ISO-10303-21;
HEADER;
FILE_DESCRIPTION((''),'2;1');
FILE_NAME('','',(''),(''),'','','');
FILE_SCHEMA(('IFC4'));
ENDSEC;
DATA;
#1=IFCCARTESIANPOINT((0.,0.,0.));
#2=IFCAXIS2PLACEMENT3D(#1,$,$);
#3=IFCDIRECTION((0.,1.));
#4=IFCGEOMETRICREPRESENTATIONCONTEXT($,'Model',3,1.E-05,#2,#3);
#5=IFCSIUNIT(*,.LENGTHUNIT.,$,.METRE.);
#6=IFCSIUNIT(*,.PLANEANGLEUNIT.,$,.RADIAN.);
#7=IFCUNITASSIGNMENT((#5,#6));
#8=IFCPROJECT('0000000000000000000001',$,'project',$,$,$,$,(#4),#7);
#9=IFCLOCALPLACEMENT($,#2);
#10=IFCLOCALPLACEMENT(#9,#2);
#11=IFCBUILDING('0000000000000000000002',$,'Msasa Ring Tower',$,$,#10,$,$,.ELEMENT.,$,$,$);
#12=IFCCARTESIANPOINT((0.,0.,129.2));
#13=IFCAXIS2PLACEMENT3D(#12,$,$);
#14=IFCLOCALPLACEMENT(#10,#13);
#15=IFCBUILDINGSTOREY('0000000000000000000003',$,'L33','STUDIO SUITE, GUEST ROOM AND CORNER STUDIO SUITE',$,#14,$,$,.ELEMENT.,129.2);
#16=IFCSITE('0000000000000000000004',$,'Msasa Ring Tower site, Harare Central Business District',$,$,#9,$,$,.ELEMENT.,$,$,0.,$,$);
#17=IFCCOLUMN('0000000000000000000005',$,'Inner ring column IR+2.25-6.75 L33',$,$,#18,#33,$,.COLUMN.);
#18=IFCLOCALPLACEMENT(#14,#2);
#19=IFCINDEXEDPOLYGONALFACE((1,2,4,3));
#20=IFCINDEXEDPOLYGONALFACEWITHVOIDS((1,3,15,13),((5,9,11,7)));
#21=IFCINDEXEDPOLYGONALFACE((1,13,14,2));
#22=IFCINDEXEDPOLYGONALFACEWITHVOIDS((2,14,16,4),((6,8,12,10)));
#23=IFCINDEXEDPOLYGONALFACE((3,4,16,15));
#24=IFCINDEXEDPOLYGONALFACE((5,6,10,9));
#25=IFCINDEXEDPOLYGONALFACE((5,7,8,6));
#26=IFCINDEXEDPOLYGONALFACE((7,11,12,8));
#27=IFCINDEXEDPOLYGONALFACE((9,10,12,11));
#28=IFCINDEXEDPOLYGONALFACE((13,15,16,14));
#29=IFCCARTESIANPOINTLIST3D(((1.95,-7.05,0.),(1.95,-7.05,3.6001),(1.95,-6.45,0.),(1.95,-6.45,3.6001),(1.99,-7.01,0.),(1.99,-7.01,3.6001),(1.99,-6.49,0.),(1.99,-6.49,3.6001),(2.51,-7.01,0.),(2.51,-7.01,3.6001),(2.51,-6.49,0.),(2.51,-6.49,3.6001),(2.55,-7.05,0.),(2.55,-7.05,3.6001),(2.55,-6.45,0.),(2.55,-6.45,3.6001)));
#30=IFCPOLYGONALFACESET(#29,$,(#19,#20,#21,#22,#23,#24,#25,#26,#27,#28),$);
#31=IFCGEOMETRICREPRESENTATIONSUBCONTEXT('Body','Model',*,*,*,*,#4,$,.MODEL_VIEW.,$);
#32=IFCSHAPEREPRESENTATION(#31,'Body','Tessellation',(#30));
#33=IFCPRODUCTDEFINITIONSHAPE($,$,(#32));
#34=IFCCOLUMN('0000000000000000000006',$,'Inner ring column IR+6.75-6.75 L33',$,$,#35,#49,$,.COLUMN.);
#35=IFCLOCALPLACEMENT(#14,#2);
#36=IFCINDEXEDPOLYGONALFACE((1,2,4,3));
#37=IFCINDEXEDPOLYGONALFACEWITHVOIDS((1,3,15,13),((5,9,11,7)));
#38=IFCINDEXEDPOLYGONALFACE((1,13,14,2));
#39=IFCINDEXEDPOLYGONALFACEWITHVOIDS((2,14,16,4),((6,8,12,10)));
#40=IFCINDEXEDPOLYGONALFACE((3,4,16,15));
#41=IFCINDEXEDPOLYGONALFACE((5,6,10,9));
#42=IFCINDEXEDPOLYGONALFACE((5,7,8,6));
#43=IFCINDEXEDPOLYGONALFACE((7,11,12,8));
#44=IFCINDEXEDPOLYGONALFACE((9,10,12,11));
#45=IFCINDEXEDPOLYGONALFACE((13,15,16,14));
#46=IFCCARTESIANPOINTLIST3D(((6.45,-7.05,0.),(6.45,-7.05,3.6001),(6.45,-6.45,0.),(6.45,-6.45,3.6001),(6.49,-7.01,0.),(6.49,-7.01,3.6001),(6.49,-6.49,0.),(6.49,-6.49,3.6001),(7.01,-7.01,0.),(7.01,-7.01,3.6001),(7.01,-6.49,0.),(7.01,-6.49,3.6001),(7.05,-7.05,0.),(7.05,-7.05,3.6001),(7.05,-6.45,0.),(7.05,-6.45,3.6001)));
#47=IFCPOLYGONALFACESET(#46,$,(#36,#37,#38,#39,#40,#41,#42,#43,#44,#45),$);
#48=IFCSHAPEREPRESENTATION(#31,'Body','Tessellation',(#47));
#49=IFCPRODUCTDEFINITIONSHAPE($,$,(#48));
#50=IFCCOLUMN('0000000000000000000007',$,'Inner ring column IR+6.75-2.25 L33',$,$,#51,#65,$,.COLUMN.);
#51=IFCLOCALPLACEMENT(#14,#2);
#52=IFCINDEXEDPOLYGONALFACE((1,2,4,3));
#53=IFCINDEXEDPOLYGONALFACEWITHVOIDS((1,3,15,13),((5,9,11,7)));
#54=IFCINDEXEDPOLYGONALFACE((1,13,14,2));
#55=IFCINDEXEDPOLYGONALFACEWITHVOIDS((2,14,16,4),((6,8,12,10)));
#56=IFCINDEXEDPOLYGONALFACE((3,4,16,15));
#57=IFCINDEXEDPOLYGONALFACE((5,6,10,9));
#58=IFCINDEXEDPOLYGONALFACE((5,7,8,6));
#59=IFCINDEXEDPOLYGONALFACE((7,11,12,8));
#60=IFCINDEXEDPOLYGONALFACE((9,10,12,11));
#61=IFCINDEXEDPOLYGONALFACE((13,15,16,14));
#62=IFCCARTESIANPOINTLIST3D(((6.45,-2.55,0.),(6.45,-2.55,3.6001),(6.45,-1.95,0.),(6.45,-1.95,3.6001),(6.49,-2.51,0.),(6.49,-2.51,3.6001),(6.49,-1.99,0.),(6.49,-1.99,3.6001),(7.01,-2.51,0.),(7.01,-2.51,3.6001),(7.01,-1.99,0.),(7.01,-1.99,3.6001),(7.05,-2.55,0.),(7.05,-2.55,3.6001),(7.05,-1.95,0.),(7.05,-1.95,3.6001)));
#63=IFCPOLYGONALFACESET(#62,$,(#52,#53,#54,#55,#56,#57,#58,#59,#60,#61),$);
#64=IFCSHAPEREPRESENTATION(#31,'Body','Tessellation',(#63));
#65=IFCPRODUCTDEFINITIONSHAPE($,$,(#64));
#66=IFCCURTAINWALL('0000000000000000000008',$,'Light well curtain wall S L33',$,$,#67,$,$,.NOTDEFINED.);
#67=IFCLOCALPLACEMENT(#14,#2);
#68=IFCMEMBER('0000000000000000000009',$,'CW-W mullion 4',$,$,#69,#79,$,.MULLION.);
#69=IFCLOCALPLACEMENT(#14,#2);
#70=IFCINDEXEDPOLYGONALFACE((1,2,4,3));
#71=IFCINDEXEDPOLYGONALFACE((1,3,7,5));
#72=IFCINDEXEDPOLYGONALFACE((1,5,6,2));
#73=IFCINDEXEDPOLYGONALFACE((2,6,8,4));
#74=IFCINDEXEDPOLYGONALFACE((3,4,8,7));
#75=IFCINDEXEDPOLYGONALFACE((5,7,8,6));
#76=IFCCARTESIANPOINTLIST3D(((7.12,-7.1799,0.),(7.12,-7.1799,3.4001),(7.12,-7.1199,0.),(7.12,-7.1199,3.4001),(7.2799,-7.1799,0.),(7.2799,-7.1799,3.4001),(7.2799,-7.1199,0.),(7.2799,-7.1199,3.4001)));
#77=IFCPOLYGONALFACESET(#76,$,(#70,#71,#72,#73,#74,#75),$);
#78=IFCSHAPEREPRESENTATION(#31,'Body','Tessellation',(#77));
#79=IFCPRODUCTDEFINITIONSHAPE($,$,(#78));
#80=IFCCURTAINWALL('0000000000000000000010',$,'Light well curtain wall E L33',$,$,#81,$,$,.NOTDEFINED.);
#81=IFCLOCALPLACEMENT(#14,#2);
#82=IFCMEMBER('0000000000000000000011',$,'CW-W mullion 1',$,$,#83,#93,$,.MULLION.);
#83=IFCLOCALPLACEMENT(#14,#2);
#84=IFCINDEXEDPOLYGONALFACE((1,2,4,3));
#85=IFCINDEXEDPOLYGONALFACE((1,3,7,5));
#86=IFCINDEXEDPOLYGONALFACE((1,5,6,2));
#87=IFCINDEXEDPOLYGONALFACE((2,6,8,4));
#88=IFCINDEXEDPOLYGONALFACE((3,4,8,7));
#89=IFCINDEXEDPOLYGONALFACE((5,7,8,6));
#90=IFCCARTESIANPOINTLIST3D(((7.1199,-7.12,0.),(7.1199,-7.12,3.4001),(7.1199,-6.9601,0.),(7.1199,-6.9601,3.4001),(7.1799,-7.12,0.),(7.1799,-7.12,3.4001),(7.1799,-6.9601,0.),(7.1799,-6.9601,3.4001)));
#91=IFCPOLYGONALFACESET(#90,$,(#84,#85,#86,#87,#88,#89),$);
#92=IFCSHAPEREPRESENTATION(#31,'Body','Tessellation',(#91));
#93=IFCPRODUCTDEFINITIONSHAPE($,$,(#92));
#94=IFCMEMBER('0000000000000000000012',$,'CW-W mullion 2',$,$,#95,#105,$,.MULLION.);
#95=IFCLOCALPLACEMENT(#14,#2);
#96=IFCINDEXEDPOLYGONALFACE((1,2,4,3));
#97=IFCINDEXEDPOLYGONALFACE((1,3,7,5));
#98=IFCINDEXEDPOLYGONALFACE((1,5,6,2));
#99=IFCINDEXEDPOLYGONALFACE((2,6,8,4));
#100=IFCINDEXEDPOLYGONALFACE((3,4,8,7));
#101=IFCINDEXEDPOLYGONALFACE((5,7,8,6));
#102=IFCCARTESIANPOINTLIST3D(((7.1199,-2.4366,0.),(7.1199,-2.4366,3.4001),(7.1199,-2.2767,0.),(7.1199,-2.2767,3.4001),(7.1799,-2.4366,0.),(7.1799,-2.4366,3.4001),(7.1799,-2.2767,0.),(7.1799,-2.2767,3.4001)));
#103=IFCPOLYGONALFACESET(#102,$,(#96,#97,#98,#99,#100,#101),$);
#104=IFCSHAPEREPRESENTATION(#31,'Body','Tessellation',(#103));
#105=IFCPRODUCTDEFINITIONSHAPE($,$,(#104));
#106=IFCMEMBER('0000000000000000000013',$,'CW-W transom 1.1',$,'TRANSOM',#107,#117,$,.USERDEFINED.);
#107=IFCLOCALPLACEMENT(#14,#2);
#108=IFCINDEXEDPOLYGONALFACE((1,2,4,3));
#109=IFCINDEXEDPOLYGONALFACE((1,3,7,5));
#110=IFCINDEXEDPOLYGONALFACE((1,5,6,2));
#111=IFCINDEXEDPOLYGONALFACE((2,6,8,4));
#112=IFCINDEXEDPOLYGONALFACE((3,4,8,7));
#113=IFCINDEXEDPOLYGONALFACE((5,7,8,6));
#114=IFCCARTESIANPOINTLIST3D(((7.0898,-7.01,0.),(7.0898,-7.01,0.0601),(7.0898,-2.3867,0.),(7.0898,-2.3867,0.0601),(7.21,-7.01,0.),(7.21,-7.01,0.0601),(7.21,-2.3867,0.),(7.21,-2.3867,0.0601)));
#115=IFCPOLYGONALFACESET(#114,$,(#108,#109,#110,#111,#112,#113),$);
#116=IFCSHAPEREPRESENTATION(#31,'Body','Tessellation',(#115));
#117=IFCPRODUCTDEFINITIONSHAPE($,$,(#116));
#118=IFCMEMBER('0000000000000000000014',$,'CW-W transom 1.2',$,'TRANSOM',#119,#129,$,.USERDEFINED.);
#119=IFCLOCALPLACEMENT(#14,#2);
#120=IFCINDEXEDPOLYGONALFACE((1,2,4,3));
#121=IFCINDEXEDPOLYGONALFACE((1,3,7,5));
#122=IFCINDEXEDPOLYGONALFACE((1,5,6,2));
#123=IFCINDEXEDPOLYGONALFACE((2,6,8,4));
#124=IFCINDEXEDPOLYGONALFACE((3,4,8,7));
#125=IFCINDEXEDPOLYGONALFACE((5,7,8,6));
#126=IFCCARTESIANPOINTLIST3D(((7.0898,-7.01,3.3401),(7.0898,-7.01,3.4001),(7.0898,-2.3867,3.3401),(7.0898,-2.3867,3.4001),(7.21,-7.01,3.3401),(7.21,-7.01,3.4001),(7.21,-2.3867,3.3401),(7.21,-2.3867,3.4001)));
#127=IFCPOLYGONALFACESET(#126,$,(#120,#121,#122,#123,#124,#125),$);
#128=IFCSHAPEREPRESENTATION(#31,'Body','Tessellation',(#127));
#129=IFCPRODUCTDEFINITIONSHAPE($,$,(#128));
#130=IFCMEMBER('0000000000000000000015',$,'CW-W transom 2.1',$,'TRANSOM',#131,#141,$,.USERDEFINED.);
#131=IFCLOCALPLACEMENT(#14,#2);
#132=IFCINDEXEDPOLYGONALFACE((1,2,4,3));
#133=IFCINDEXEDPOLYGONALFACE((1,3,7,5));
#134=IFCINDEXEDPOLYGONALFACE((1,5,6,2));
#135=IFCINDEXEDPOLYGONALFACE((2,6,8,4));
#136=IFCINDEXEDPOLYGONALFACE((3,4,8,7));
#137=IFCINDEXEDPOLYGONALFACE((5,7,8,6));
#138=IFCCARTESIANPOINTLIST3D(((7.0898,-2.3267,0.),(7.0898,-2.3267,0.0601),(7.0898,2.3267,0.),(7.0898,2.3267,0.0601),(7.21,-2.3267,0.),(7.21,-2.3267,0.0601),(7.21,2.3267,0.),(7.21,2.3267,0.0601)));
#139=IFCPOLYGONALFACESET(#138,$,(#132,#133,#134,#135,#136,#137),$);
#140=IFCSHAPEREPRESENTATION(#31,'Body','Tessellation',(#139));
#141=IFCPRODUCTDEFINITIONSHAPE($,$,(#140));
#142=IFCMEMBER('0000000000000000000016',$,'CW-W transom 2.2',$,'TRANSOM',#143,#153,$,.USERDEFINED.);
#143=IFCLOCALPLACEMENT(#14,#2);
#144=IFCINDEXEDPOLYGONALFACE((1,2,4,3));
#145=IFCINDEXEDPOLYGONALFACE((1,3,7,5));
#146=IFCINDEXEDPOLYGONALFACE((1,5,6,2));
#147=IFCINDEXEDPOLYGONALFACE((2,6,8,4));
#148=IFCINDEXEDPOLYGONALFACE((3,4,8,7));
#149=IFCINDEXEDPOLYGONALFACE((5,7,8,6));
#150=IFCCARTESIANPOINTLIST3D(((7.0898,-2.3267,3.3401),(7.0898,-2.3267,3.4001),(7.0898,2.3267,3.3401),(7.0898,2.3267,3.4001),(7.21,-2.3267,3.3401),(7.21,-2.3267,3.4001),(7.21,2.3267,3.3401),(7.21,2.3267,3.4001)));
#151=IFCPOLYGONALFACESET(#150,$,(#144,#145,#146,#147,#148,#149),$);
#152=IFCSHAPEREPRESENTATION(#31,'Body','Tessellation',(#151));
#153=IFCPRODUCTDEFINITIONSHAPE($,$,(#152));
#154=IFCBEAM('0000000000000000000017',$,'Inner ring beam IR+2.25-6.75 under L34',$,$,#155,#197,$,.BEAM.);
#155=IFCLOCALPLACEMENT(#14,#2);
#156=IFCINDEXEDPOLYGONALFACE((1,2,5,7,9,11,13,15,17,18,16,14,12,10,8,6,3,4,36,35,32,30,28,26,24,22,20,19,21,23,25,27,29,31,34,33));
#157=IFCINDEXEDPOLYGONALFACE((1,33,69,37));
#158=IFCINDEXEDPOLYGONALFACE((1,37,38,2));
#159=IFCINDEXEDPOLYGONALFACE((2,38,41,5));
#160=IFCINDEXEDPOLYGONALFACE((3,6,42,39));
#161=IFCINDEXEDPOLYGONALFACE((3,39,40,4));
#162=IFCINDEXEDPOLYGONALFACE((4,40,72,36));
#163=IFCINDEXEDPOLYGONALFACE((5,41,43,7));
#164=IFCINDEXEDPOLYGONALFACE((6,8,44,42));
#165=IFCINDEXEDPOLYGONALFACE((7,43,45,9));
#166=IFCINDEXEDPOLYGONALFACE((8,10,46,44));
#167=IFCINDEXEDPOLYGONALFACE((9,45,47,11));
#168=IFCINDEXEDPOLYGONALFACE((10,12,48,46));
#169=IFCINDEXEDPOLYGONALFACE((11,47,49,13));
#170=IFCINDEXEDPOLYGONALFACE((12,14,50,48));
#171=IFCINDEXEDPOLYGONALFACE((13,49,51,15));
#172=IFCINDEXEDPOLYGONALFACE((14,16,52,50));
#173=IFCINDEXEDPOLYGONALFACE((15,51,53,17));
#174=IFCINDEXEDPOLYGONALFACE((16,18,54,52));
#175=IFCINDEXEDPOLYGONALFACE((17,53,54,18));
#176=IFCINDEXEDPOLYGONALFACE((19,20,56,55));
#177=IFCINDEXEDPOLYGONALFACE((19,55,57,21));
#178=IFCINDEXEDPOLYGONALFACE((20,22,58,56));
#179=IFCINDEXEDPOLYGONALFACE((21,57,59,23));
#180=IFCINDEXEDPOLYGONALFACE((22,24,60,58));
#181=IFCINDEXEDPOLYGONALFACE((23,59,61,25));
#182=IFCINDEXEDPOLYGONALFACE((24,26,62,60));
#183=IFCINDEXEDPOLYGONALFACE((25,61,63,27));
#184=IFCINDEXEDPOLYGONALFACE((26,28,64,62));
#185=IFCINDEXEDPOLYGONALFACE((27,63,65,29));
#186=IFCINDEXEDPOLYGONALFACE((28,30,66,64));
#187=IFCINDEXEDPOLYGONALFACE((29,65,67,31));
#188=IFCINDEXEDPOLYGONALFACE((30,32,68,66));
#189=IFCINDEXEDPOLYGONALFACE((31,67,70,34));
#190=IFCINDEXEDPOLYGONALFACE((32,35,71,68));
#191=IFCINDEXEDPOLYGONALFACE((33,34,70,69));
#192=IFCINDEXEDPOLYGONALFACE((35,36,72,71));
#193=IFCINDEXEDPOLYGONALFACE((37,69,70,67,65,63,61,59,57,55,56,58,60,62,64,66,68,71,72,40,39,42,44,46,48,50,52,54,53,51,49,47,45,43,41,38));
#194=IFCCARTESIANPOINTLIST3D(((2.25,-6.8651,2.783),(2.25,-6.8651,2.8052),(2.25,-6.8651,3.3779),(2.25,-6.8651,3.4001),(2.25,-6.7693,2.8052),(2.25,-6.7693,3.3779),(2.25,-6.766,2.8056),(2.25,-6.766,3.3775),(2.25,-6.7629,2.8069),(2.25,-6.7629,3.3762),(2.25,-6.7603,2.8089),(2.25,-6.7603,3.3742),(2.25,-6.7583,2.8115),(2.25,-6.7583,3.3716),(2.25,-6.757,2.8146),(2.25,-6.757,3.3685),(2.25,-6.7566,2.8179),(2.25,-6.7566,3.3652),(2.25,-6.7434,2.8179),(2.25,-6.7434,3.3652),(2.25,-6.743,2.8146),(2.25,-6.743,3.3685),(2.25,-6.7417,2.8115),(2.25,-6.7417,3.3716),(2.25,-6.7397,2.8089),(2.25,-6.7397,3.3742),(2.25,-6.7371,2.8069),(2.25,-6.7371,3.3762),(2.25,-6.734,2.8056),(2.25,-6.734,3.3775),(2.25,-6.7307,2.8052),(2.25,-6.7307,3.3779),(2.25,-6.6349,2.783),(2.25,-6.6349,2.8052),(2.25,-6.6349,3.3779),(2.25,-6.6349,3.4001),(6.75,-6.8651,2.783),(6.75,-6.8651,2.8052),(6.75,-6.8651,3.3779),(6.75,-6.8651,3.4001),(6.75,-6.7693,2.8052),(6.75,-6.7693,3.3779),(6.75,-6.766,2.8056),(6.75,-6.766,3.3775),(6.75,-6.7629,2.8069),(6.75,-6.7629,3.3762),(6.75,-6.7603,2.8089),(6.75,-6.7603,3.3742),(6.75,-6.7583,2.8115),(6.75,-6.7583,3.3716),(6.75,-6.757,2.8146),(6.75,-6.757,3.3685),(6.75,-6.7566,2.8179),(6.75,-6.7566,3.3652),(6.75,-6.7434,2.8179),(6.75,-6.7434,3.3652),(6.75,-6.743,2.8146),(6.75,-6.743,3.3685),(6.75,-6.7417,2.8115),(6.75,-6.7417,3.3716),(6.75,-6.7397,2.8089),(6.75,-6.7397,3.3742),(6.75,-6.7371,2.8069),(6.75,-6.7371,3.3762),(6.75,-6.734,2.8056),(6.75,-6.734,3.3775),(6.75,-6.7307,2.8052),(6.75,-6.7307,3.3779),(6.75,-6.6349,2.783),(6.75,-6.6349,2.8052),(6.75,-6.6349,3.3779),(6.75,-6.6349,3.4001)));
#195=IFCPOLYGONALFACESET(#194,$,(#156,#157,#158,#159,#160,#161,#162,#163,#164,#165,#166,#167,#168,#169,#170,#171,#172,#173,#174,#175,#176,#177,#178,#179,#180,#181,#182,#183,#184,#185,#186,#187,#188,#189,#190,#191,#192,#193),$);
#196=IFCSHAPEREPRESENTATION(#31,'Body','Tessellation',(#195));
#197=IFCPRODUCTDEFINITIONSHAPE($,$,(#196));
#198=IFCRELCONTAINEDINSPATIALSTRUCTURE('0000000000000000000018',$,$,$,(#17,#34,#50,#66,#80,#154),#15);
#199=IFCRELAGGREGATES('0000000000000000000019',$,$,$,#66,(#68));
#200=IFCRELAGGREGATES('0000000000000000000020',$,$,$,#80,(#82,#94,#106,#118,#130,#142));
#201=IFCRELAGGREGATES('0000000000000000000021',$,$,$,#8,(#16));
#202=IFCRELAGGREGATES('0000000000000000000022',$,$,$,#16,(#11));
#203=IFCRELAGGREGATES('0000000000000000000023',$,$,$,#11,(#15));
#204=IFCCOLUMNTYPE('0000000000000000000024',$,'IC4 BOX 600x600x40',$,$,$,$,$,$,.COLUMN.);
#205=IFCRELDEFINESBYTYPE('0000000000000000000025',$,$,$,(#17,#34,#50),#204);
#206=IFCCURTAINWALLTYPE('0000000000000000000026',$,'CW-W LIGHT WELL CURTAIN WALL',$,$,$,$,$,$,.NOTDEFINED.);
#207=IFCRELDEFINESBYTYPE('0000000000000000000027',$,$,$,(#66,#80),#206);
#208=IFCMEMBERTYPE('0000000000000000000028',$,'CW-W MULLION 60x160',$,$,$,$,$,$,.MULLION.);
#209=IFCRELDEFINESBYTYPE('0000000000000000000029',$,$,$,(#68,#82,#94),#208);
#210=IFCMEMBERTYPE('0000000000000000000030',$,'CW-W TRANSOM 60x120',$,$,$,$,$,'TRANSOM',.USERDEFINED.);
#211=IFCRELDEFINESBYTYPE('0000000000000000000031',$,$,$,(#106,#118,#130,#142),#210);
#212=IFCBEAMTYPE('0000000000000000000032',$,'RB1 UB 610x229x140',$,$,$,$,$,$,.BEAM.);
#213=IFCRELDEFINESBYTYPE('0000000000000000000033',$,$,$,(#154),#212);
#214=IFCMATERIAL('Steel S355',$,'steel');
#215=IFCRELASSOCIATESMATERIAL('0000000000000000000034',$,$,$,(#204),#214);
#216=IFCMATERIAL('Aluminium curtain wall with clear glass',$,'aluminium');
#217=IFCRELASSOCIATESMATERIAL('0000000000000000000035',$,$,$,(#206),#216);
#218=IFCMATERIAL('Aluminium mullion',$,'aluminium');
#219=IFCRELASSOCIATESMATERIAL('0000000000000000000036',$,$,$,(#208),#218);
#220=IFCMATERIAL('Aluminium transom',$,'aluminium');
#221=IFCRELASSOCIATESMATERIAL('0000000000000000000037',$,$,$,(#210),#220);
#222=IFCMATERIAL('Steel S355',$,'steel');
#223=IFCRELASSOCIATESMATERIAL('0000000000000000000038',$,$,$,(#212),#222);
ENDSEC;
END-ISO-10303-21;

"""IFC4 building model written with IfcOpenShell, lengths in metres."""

from ifc_helpers import new_model, si_unit, direction, frame, origin, origin_2d, place, context, subcontext, project, spatial, rectangle, hollow_rectangle, i_section, extrude, material, material_profile, profile_set, type_object, element, aggregate, save


model = new_model("IFC4")

# Units and contexts
model_context = context("Model", 3, precision=1e-05, world=origin(), true_north=direction((0.0, 1.0)))
body_context = subcontext(model_context, "Body", "Model", "MODEL_VIEW")
ifc_project = project(units=[si_unit("LENGTHUNIT", "METRE"), si_unit("PLANEANGLEUNIT", "RADIAN")], contexts=[model_context])

# Site, building, storey
site_placement = place(None, origin())
site = spatial("IfcSite", under=ifc_project, at=site_placement, Name="Msasa Ring Tower site, Harare Central Business District", CompositionType="ELEMENT", RefElevation=0.0)
building_placement = place(site_placement, origin())
building = spatial("IfcBuilding", under=site, at=building_placement, Name="Msasa Ring Tower", CompositionType="ELEMENT")
storey_placement = place(building_placement, frame((0.0, 0.0, 129.2)))
storey = spatial("IfcBuildingStorey", under=building, at=storey_placement, Name="L33", Description="STUDIO SUITE, GUEST ROOM AND CORNER STUDIO SUITE", CompositionType="ELEMENT", Elevation=129.2)

# Columns
ifc_material_1 = material(Name="Steel S355", Category="steel")
ifc_material_profile_1 = material_profile(ifc_material_1, hollow_rectangle(XDim=0.6001, YDim=0.6001, WallThickness=0.04, at=origin_2d()), Name="BOX 600x600x40")
ifc_profile_set_1 = profile_set([ifc_material_profile_1], Name="Steel S355")
column_type = type_object("IfcColumnType", Name="IC4 BOX 600x600x40", PredefinedType="COLUMN", material=ifc_profile_set_1)
for number, where, z_axis, x_axis, name in (
    (1, (2.25, -6.75, 0.0), (0.0, 0.0, 1.0), (1.0, 0.0, 0.0), "Inner ring column IR+2.25-6.75 L33"),
    (2, (6.75, -6.75, 0.0), (0.0, 0.0, 1.0), (1.0, 0.0, 0.0), "Inner ring column IR+6.75-6.75 L33"),
    (3, (6.75, -2.25, 0.0), (0.0, 0.0, 1.0), (1.0, 0.0, 0.0), "Inner ring column IR+6.75-2.25 L33"),
):
    element("IfcColumn", number, at=place(storey_placement, frame(where, z_axis=z_axis, x_axis=x_axis)), inside=storey, type_object=column_type, Name=name, PredefinedType="COLUMN", context=body_context, shape_type="SweptSolid", body=[
        extrude(hollow_rectangle(XDim=0.6001, YDim=0.6001, WallThickness=0.04, at=origin_2d()), origin(), (0.0, 0.0, 1.0), 3.6001),
    ])

# Curtain wall, member
ifc_material_2 = material(Name="Aluminium curtain wall with clear glass", Category="aluminium")
curtain_wall_type = type_object("IfcCurtainWallType", Name="CW-W LIGHT WELL CURTAIN WALL", PredefinedType="NOTDEFINED", material=ifc_material_2)
curtain_wall_1_placement = place(storey_placement, origin())
curtain_wall_1 = element("IfcCurtainWall", 4, at=curtain_wall_1_placement, inside=storey, type_object=curtain_wall_type, Name="Light well curtain wall S L33", PredefinedType="NOTDEFINED")
ifc_material_3 = material(Name="Aluminium mullion", Category="aluminium")
ifc_material_profile_2 = material_profile(ifc_material_3, rectangle(XDim=0.0601, YDim=0.1599, at=origin_2d()), Name="AL 60x160")
ifc_profile_set_2 = profile_set([ifc_material_profile_2], Name="Aluminium mullion")
member_type_1 = type_object("IfcMemberType", Name="CW-W MULLION 60x160", PredefinedType="MULLION", material=ifc_profile_set_2)
member_1_placement = place(storey_placement, frame((7.2, -7.1499, 0.0), z_axis=(0.0, 0.0, 1.0), x_axis=(0.0, 1.0, 0.0)))
member_1 = element("IfcMember", 5, at=member_1_placement, type_object=member_type_1, Name="CW-W mullion 4", PredefinedType="MULLION", context=body_context, shape_type="SweptSolid", body=[
    extrude(rectangle(XDim=0.0601, YDim=0.1599, at=origin_2d()), origin(), (0.0, 0.0, 1.0), 3.4001),
])
aggregate(curtain_wall_1, [member_1])

# Curtain wall, members
curtain_wall_2_placement = place(storey_placement, origin())
curtain_wall_2 = element("IfcCurtainWall", 6, at=curtain_wall_2_placement, inside=storey, type_object=curtain_wall_type, Name="Light well curtain wall E L33", PredefinedType="NOTDEFINED")
member_2_placement = place(storey_placement, frame((7.1499, -7.04, 0.0), z_axis=(0.0, 0.0, 1.0), x_axis=(-1.0, 0.0, 0.0)))
member_2 = element("IfcMember", 7, at=member_2_placement, type_object=member_type_1, Name="CW-W mullion 1", PredefinedType="MULLION", context=body_context, shape_type="SweptSolid", body=[
    extrude(rectangle(XDim=0.0601, YDim=0.1599, at=origin_2d()), origin(), (0.0, 0.0, 1.0), 3.4001),
])
member_3_placement = place(storey_placement, frame((7.1499, -2.3567, 0.0), z_axis=(0.0, 0.0, 1.0), x_axis=(-1.0, 0.0, 0.0)))
member_3 = element("IfcMember", 8, at=member_3_placement, type_object=member_type_1, Name="CW-W mullion 2", PredefinedType="MULLION", context=body_context, shape_type="SweptSolid", body=[
    extrude(rectangle(XDim=0.0601, YDim=0.1599, at=origin_2d()), origin(), (0.0, 0.0, 1.0), 3.4001),
])
ifc_material_4 = material(Name="Aluminium transom", Category="aluminium")
ifc_material_profile_3 = material_profile(ifc_material_4, rectangle(XDim=0.1201, YDim=0.0601, at=origin_2d()), Name="AL 60x120")
ifc_profile_set_3 = profile_set([ifc_material_profile_3], Name="Aluminium transom")
member_type_2 = type_object("IfcMemberType", Name="CW-W TRANSOM 60x120", ElementType="TRANSOM", PredefinedType="USERDEFINED", material=ifc_profile_set_3)
member_4_placement = place(storey_placement, frame((7.1499, -7.01, 0.03), z_axis=(0.0, 1.0, 0.0), x_axis=(-1.0, 0.0, 0.0)))
member_4 = element("IfcMember", 9, at=member_4_placement, type_object=member_type_2, Name="CW-W transom 1.1", ObjectType="TRANSOM", PredefinedType="USERDEFINED", context=body_context, shape_type="SweptSolid", body=[
    extrude(rectangle(XDim=0.1201, YDim=0.0601, at=origin_2d()), origin(), (0.0, 0.0, 1.0), 4.6233),
])
member_5_placement = place(storey_placement, frame((7.1499, -7.01, 3.3701), z_axis=(0.0, 1.0, 0.0), x_axis=(-1.0, 0.0, 0.0)))
member_5 = element("IfcMember", 10, at=member_5_placement, type_object=member_type_2, Name="CW-W transom 1.2", ObjectType="TRANSOM", PredefinedType="USERDEFINED", context=body_context, shape_type="SweptSolid", body=[
    extrude(rectangle(XDim=0.1201, YDim=0.0601, at=origin_2d()), origin(), (0.0, 0.0, 1.0), 4.6233),
])
member_6_placement = place(storey_placement, frame((7.1499, -2.3267, 0.03), z_axis=(0.0, 1.0, 0.0), x_axis=(-1.0, 0.0, 0.0)))
member_6 = element("IfcMember", 11, at=member_6_placement, type_object=member_type_2, Name="CW-W transom 2.1", ObjectType="TRANSOM", PredefinedType="USERDEFINED", context=body_context, shape_type="SweptSolid", body=[
    extrude(rectangle(XDim=0.1201, YDim=0.0601, at=origin_2d()), origin(), (0.0, 0.0, 1.0), 4.6533),
])
member_7_placement = place(storey_placement, frame((7.1499, -2.3267, 3.3701), z_axis=(0.0, 1.0, 0.0), x_axis=(-1.0, 0.0, 0.0)))
member_7 = element("IfcMember", 12, at=member_7_placement, type_object=member_type_2, Name="CW-W transom 2.2", ObjectType="TRANSOM", PredefinedType="USERDEFINED", context=body_context, shape_type="SweptSolid", body=[
    extrude(rectangle(XDim=0.1201, YDim=0.0601, at=origin_2d()), origin(), (0.0, 0.0, 1.0), 4.6533),
])

# Beam
ifc_material_5 = material(Name="Steel S355", Category="steel")
ifc_material_profile_4 = material_profile(ifc_material_5, i_section(OverallWidth=0.2302, OverallDepth=0.6172, WebThickness=0.0132, FlangeThickness=0.0222, FilletRadius=0.0127, at=origin_2d()), Name="UB 610x229x140")
ifc_profile_set_4 = profile_set([ifc_material_profile_4], Name="Steel S355")
beam_type = type_object("IfcBeamType", Name="RB1 UB 610x229x140", PredefinedType="BEAM", material=ifc_profile_set_4)
for number, where, z_axis, x_axis, name in (
    (13, (2.25, -6.75, 3.0916), (1.0, 0.0, 0.0), (0.0, 1.0, 0.0), "Inner ring beam IR+2.25-6.75 under L34"),
):
    element("IfcBeam", number, at=place(storey_placement, frame(where, z_axis=z_axis, x_axis=x_axis)), inside=storey, type_object=beam_type, Name=name, PredefinedType="BEAM", context=body_context, shape_type="SweptSolid", body=[
        extrude(i_section(OverallWidth=0.2302, OverallDepth=0.6172, WebThickness=0.0132, FlangeThickness=0.0222, FilletRadius=0.0127, at=origin_2d()), origin(), (0.0, 0.0, 1.0), 4.5),
    ])

aggregate(curtain_wall_2, [member_2, member_3, member_4, member_5, member_6, member_7])

save(model, "model.ifc")
